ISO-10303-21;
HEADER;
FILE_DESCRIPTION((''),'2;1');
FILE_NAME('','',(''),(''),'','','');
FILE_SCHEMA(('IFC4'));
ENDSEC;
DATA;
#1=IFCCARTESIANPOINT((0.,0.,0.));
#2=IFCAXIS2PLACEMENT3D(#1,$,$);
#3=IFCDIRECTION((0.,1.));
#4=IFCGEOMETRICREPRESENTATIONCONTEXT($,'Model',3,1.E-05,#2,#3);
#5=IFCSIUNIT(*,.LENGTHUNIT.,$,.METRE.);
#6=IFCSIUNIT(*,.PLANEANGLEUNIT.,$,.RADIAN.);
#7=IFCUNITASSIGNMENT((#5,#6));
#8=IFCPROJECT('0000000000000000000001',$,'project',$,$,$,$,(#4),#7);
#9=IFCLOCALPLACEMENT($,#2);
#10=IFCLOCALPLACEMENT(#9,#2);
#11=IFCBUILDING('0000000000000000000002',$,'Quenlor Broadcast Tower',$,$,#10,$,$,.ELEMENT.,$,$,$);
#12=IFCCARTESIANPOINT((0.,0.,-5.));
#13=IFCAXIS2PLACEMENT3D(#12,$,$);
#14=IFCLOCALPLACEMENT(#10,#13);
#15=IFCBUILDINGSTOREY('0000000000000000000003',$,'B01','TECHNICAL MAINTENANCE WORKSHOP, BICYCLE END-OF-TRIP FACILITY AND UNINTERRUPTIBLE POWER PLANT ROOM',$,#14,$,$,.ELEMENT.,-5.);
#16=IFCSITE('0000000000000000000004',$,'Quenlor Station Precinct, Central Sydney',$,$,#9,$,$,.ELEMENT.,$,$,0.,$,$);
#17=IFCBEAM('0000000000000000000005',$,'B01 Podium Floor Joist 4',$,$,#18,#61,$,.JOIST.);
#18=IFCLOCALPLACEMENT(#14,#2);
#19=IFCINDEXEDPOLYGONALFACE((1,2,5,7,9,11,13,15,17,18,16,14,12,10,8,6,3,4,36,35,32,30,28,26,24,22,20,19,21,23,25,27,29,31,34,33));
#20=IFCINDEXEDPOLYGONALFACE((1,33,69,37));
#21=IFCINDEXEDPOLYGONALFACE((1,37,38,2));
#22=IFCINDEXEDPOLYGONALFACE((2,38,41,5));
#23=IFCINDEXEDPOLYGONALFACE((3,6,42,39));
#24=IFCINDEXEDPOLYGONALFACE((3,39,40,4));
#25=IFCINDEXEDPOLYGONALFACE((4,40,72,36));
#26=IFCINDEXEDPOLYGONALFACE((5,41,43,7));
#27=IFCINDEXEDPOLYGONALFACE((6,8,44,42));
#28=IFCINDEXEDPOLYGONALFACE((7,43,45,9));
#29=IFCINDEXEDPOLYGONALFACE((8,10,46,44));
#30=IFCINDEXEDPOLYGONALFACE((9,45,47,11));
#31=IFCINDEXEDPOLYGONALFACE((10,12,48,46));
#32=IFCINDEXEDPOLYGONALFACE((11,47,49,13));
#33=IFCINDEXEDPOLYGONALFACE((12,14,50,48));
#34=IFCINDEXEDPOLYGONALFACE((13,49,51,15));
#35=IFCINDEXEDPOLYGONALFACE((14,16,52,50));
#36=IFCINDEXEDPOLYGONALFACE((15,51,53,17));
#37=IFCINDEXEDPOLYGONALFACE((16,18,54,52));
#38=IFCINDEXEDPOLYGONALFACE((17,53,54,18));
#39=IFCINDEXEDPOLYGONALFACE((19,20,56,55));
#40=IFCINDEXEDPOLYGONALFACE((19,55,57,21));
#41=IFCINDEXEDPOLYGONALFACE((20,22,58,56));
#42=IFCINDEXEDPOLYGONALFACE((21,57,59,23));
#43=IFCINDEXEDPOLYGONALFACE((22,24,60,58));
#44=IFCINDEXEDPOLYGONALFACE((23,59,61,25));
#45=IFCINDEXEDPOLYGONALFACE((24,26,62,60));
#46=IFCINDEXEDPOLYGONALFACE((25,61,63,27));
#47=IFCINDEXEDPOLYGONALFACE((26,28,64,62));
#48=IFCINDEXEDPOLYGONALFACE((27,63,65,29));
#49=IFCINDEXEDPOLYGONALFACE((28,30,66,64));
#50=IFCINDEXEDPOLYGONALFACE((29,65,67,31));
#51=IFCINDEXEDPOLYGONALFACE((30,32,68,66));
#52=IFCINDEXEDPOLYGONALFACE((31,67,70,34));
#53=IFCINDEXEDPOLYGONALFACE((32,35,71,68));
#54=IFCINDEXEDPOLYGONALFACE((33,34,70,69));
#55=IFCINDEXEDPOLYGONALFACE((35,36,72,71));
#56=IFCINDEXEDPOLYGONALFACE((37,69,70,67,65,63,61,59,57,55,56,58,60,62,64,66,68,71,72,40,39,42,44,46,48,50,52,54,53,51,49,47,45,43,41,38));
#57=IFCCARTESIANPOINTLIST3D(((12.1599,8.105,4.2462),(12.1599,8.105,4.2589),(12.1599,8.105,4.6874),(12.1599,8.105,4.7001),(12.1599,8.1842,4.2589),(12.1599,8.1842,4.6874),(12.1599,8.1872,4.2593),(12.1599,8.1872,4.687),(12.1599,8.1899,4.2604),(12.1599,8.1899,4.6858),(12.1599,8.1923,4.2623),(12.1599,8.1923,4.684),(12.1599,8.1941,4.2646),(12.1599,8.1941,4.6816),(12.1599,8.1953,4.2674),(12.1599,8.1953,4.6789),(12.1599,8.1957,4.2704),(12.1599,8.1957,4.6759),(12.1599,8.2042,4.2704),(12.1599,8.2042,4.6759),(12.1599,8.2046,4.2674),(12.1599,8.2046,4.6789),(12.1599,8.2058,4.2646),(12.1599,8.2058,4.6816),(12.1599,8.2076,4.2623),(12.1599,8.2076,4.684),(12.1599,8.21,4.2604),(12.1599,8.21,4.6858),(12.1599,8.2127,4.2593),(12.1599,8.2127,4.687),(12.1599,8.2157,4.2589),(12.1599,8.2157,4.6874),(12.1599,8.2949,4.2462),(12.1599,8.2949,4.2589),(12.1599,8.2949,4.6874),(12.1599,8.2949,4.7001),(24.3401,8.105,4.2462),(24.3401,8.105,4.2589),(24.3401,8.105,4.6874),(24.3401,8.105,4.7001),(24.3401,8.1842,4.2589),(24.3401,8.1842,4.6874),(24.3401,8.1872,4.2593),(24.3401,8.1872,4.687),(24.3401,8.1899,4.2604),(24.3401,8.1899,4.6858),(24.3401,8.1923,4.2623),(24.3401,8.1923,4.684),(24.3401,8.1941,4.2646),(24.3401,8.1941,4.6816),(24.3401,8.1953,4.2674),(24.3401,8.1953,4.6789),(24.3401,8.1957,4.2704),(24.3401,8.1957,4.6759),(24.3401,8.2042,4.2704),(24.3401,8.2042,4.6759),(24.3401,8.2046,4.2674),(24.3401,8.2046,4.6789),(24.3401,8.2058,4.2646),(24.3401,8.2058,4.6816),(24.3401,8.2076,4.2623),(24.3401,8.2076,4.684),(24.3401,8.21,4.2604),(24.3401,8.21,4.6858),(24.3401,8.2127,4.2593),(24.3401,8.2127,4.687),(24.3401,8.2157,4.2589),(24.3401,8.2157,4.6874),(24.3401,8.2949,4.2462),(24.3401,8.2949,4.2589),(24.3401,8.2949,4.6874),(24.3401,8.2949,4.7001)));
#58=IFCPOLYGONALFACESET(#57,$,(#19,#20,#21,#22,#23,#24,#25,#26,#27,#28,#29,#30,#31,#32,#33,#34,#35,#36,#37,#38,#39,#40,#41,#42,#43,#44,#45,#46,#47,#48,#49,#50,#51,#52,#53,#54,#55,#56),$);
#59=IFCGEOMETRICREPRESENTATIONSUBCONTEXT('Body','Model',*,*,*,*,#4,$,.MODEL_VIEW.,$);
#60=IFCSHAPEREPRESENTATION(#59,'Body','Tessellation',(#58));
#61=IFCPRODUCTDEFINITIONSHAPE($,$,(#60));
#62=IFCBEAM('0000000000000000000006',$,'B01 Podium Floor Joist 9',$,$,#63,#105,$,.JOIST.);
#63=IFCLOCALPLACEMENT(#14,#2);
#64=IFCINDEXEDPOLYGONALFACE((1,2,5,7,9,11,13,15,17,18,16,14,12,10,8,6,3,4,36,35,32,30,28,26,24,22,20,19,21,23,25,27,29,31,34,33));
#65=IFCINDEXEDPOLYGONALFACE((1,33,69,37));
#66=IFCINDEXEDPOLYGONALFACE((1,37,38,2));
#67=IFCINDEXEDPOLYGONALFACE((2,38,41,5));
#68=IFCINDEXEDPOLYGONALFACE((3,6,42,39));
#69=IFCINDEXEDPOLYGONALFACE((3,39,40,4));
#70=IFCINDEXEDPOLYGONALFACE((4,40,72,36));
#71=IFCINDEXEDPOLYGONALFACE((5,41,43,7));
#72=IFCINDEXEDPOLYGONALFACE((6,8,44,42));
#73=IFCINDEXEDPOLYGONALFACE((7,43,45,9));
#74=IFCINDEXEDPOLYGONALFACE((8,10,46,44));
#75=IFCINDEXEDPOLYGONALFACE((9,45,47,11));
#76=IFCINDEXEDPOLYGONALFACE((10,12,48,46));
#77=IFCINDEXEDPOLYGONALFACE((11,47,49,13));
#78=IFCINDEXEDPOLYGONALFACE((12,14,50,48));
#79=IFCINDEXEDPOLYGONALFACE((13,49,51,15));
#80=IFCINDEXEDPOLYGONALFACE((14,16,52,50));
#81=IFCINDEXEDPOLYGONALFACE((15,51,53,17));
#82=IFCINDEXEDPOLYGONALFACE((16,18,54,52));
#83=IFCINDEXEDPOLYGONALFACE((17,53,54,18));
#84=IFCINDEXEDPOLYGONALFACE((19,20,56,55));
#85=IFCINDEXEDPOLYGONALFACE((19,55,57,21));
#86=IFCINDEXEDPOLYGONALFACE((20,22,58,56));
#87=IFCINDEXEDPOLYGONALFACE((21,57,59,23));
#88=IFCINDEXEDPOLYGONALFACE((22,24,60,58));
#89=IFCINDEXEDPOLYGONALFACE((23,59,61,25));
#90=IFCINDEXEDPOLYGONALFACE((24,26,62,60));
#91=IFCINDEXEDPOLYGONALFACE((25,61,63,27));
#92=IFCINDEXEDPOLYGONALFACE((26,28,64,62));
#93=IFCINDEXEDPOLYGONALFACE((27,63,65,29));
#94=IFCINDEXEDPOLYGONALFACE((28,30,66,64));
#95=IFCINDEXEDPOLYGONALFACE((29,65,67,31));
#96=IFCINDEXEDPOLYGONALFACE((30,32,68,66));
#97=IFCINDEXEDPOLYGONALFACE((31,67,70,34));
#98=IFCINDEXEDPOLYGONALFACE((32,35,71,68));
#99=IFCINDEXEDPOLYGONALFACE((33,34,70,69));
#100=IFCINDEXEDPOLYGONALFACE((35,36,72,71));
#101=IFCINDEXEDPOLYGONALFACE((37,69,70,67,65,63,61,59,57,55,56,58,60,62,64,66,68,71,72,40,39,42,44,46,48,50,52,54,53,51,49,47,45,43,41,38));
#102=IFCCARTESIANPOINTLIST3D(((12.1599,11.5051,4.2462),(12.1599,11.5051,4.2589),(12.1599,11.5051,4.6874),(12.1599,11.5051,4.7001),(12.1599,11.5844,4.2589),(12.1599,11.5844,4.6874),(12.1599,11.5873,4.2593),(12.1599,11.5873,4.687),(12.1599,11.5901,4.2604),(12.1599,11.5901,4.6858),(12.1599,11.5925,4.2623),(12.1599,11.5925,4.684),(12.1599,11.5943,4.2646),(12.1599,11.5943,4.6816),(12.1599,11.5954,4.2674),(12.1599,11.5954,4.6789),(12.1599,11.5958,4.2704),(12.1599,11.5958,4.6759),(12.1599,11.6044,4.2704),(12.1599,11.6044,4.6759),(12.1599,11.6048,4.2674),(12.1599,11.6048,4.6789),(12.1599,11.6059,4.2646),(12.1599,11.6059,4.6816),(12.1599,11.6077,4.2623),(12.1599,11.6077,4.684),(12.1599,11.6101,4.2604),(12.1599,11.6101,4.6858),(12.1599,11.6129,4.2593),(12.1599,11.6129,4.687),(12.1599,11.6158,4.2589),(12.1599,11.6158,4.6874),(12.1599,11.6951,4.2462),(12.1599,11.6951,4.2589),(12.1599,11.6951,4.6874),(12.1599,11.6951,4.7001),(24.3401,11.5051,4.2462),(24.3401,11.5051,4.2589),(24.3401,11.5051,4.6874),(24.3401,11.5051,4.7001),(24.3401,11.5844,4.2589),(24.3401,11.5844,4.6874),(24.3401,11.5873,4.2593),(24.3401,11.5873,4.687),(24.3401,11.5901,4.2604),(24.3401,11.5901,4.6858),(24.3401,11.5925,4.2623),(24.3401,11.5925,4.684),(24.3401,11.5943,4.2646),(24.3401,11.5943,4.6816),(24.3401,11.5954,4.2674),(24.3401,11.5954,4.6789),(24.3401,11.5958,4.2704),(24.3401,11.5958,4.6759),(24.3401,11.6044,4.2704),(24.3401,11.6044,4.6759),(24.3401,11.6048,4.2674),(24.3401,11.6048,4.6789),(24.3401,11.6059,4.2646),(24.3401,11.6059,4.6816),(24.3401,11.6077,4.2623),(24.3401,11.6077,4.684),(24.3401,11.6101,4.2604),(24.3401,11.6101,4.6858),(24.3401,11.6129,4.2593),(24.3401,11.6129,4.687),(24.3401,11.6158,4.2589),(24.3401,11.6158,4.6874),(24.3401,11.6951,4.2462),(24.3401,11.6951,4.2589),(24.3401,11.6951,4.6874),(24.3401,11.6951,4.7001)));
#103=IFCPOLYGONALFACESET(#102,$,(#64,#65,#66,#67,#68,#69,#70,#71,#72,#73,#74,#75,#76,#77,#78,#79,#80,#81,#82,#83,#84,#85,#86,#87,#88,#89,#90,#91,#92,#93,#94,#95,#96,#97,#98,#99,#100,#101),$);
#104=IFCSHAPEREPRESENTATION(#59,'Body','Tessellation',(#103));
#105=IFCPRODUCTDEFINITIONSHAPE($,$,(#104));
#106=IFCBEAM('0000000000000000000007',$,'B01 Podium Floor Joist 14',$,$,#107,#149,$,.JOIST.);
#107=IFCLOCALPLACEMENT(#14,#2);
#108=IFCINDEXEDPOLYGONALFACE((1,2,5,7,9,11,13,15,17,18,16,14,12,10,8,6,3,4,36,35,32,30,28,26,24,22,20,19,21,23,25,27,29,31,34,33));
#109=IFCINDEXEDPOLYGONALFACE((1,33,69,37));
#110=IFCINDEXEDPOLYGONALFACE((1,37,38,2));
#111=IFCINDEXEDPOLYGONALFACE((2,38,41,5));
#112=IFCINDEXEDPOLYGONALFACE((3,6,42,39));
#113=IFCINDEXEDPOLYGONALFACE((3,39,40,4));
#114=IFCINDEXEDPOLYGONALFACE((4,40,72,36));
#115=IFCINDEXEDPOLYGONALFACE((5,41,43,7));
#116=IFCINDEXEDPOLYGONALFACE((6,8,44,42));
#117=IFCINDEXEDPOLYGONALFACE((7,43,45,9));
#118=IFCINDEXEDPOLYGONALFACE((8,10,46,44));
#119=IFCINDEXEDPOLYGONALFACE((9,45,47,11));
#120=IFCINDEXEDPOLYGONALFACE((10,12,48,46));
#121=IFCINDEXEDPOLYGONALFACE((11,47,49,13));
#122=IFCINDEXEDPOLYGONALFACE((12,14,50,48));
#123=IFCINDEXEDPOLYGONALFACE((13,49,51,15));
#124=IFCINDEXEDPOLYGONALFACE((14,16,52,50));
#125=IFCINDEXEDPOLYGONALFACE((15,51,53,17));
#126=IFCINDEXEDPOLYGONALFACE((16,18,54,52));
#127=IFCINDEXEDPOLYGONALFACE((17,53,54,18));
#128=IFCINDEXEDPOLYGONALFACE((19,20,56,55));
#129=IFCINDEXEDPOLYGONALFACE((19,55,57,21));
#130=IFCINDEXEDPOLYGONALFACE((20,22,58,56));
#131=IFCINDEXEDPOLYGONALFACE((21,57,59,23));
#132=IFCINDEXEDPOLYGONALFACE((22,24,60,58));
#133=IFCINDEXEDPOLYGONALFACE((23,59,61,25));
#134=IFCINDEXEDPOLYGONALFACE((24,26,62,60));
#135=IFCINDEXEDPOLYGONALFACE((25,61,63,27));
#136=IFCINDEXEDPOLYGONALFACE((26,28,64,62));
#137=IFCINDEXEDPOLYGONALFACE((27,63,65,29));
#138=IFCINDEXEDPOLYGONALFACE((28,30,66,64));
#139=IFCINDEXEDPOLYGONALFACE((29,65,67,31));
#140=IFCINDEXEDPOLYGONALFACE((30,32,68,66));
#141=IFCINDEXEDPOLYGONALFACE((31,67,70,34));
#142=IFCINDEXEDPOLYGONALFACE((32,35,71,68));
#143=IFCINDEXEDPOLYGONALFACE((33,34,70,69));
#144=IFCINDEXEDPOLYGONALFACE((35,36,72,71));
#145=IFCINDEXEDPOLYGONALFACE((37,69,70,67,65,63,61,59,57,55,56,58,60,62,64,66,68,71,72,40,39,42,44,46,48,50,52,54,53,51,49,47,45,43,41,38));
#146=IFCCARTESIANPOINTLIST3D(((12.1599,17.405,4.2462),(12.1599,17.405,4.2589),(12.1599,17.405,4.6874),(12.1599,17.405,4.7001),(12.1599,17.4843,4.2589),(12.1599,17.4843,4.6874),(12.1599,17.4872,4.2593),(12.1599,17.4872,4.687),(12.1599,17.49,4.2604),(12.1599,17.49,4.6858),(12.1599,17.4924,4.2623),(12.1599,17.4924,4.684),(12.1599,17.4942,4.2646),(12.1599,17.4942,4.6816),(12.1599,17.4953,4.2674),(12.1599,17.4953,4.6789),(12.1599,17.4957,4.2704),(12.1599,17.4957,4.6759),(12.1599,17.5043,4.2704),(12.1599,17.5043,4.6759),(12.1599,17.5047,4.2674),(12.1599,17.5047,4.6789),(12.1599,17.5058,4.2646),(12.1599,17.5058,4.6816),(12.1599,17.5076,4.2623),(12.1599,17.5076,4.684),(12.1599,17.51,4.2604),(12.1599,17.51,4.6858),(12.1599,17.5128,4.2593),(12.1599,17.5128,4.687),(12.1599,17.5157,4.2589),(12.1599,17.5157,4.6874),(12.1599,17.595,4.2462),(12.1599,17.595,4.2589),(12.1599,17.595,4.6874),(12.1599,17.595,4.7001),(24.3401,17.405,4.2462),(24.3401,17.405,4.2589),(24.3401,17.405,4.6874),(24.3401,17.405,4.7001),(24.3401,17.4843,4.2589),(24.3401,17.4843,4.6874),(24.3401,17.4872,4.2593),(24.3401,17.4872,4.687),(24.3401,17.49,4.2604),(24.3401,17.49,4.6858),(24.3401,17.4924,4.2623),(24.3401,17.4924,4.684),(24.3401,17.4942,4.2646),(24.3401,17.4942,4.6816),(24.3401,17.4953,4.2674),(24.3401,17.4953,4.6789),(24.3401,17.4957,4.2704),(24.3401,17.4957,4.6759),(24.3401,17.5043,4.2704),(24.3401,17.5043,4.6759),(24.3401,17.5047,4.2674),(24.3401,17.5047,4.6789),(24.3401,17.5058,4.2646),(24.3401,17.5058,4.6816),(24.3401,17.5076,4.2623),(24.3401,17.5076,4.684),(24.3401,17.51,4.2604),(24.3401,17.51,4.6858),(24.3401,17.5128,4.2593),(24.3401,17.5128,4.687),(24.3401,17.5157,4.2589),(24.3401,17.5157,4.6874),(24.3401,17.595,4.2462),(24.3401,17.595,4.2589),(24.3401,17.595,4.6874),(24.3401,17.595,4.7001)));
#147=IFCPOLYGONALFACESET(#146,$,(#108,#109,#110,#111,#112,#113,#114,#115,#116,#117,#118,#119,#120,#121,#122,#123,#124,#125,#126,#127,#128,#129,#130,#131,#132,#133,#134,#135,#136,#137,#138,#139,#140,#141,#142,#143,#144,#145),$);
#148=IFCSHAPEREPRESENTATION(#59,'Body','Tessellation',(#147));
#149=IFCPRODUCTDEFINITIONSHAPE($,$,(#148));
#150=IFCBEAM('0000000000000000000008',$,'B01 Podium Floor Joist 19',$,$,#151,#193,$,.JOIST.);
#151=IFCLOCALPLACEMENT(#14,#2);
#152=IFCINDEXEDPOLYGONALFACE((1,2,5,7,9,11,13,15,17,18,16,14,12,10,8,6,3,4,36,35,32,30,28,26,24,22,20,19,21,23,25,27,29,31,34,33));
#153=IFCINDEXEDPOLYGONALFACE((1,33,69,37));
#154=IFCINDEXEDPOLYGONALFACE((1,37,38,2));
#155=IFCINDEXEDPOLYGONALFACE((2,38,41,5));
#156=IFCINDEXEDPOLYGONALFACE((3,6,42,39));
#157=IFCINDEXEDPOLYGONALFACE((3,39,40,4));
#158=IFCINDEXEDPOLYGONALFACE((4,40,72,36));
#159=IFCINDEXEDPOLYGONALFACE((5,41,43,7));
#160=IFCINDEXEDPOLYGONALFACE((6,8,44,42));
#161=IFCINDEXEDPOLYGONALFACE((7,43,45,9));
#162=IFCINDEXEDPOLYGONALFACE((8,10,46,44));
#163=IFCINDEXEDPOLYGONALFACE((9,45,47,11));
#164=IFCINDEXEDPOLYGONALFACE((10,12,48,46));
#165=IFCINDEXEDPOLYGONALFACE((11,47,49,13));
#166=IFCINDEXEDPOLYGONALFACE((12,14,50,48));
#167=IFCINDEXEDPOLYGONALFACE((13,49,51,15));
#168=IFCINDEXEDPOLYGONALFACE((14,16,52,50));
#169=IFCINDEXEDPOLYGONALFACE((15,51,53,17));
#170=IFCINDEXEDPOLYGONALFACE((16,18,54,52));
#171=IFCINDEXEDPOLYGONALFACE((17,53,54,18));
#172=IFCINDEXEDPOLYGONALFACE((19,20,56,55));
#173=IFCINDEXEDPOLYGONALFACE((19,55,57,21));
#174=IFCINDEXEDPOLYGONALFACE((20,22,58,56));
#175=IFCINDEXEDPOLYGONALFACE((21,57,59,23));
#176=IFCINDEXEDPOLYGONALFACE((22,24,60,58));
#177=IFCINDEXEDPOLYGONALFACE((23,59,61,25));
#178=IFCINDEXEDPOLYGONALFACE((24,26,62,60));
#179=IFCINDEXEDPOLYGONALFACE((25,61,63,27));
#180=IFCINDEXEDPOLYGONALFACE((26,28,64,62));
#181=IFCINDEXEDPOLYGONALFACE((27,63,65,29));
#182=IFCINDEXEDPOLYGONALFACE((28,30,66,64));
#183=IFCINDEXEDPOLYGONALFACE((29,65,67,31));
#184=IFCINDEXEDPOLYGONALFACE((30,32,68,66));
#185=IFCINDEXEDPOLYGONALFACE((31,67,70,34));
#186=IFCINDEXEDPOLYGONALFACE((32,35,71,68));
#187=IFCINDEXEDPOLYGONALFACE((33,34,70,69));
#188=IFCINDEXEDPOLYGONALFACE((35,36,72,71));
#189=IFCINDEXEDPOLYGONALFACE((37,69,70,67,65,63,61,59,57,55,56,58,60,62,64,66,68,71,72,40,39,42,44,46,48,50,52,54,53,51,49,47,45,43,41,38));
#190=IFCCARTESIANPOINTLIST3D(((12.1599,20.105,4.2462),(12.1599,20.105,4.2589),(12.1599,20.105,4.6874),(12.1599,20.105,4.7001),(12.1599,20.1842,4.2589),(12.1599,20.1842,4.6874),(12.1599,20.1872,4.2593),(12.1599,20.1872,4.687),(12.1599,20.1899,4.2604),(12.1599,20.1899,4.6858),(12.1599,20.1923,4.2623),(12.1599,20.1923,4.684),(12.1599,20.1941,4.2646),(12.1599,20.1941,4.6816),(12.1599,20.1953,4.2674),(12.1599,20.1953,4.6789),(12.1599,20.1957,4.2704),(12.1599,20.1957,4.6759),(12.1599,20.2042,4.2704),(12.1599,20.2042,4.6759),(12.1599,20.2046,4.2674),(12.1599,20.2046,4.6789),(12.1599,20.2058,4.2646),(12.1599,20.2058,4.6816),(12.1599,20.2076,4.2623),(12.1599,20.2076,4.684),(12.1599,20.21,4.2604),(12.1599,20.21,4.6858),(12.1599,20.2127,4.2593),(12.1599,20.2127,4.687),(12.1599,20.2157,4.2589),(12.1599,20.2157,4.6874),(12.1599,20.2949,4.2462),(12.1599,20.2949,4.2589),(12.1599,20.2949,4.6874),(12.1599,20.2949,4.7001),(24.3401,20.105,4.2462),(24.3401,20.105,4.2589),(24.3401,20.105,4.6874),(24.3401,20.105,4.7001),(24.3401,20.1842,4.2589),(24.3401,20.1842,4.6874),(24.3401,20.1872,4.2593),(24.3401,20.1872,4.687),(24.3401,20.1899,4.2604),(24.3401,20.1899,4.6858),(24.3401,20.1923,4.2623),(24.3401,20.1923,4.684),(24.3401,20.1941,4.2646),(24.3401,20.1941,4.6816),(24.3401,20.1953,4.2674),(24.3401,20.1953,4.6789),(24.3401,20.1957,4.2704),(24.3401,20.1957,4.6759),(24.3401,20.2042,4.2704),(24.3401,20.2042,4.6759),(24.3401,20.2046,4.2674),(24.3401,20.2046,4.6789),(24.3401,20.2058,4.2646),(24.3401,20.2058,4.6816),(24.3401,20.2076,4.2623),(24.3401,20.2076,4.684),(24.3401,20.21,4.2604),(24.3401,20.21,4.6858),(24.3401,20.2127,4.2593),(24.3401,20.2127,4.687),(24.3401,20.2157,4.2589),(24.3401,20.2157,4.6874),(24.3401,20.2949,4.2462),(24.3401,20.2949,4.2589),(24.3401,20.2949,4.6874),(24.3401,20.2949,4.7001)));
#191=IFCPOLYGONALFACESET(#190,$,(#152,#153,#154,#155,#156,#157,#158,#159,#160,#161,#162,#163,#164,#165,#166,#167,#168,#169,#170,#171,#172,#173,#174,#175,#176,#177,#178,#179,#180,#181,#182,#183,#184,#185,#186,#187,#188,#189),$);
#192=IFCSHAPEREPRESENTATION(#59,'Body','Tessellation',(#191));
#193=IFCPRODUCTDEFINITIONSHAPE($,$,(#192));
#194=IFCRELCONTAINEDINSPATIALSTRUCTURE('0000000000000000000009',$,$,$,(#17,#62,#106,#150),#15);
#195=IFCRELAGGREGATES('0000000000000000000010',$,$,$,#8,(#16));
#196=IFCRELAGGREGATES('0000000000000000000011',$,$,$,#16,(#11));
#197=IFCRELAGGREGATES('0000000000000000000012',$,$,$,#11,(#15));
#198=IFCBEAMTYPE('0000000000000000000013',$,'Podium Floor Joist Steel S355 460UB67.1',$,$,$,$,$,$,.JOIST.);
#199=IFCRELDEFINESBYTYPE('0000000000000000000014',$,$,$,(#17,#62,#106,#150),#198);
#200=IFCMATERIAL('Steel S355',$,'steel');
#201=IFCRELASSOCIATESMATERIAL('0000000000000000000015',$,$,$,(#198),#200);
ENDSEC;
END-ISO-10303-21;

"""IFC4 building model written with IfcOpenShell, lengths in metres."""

from ifc_helpers import new_model, si_unit, direction, frame, origin, origin_2d, place, context, subcontext, project, spatial, i_section, extrude, material, material_profile, profile_set, type_object, element, save


model = new_model("IFC4")

# Units and contexts
model_context = context("Model", 3, precision=1e-05, world=origin(), true_north=direction((0.0, 1.0)))
body_context = subcontext(model_context, "Body", "Model", "MODEL_VIEW")
ifc_project = project(units=[si_unit("LENGTHUNIT", "METRE"), si_unit("PLANEANGLEUNIT", "RADIAN")], contexts=[model_context])

# Site, building, storey
site_placement = place(None, origin())
site = spatial("IfcSite", under=ifc_project, at=site_placement, Name="Quenlor Station Precinct, Central Sydney", CompositionType="ELEMENT", RefElevation=0.0)
building_placement = place(site_placement, origin())
building = spatial("IfcBuilding", under=site, at=building_placement, Name="Quenlor Broadcast Tower", CompositionType="ELEMENT")
storey_placement = place(building_placement, frame((0.0, 0.0, -5.0)))
storey = spatial("IfcBuildingStorey", under=building, at=storey_placement, Name="B01", Description="TECHNICAL MAINTENANCE WORKSHOP, BICYCLE END-OF-TRIP FACILITY AND UNINTERRUPTIBLE POWER PLANT ROOM", CompositionType="ELEMENT", Elevation=-5.0)

# Beams
ifc_material_1 = material(Name="Steel S355", Category="steel")
ifc_material_profile_1 = material_profile(ifc_material_1, i_section(OverallWidth=0.1899, OverallDepth=0.4539, WebThickness=0.0085, FlangeThickness=0.0127, FilletRadius=0.0115, at=origin_2d()))
ifc_profile_set_1 = profile_set([ifc_material_profile_1], Name="Steel S355 460UB67.1")
beam_type_1 = type_object("IfcBeamType", Name="Podium Floor Joist Steel S355 460UB67.1", PredefinedType="JOIST", material=ifc_profile_set_1)
for number, where, z_axis, x_axis, name in (
    (1, (12.1599, 8.2, 4.4731), (1.0, 0.0, 0.0), (0.0, 1.0, 0.0), "B01 Podium Floor Joist 4"),
    (2, (12.1599, 11.6001, 4.4731), (1.0, 0.0, 0.0), (0.0, 1.0, 0.0), "B01 Podium Floor Joist 9"),
    (3, (12.1599, 17.5, 4.4731), (1.0, 0.0, 0.0), (0.0, 1.0, 0.0), "B01 Podium Floor Joist 14"),
    (4, (12.1599, 20.2, 4.4731), (1.0, 0.0, 0.0), (0.0, 1.0, 0.0), "B01 Podium Floor Joist 19"),
):
    element("IfcBeam", number, at=place(storey_placement, frame(where, z_axis=z_axis, x_axis=x_axis)), inside=storey, type_object=beam_type_1, Name=name, PredefinedType="JOIST", context=body_context, shape_type="SweptSolid", body=[
        extrude(i_section(OverallWidth=0.1899, OverallDepth=0.4539, WebThickness=0.0085, FlangeThickness=0.0127, FilletRadius=0.0115, at=origin_2d()), origin(), (0.0, 0.0, 1.0), 12.1802),
    ])

save(model, "model.ifc")
